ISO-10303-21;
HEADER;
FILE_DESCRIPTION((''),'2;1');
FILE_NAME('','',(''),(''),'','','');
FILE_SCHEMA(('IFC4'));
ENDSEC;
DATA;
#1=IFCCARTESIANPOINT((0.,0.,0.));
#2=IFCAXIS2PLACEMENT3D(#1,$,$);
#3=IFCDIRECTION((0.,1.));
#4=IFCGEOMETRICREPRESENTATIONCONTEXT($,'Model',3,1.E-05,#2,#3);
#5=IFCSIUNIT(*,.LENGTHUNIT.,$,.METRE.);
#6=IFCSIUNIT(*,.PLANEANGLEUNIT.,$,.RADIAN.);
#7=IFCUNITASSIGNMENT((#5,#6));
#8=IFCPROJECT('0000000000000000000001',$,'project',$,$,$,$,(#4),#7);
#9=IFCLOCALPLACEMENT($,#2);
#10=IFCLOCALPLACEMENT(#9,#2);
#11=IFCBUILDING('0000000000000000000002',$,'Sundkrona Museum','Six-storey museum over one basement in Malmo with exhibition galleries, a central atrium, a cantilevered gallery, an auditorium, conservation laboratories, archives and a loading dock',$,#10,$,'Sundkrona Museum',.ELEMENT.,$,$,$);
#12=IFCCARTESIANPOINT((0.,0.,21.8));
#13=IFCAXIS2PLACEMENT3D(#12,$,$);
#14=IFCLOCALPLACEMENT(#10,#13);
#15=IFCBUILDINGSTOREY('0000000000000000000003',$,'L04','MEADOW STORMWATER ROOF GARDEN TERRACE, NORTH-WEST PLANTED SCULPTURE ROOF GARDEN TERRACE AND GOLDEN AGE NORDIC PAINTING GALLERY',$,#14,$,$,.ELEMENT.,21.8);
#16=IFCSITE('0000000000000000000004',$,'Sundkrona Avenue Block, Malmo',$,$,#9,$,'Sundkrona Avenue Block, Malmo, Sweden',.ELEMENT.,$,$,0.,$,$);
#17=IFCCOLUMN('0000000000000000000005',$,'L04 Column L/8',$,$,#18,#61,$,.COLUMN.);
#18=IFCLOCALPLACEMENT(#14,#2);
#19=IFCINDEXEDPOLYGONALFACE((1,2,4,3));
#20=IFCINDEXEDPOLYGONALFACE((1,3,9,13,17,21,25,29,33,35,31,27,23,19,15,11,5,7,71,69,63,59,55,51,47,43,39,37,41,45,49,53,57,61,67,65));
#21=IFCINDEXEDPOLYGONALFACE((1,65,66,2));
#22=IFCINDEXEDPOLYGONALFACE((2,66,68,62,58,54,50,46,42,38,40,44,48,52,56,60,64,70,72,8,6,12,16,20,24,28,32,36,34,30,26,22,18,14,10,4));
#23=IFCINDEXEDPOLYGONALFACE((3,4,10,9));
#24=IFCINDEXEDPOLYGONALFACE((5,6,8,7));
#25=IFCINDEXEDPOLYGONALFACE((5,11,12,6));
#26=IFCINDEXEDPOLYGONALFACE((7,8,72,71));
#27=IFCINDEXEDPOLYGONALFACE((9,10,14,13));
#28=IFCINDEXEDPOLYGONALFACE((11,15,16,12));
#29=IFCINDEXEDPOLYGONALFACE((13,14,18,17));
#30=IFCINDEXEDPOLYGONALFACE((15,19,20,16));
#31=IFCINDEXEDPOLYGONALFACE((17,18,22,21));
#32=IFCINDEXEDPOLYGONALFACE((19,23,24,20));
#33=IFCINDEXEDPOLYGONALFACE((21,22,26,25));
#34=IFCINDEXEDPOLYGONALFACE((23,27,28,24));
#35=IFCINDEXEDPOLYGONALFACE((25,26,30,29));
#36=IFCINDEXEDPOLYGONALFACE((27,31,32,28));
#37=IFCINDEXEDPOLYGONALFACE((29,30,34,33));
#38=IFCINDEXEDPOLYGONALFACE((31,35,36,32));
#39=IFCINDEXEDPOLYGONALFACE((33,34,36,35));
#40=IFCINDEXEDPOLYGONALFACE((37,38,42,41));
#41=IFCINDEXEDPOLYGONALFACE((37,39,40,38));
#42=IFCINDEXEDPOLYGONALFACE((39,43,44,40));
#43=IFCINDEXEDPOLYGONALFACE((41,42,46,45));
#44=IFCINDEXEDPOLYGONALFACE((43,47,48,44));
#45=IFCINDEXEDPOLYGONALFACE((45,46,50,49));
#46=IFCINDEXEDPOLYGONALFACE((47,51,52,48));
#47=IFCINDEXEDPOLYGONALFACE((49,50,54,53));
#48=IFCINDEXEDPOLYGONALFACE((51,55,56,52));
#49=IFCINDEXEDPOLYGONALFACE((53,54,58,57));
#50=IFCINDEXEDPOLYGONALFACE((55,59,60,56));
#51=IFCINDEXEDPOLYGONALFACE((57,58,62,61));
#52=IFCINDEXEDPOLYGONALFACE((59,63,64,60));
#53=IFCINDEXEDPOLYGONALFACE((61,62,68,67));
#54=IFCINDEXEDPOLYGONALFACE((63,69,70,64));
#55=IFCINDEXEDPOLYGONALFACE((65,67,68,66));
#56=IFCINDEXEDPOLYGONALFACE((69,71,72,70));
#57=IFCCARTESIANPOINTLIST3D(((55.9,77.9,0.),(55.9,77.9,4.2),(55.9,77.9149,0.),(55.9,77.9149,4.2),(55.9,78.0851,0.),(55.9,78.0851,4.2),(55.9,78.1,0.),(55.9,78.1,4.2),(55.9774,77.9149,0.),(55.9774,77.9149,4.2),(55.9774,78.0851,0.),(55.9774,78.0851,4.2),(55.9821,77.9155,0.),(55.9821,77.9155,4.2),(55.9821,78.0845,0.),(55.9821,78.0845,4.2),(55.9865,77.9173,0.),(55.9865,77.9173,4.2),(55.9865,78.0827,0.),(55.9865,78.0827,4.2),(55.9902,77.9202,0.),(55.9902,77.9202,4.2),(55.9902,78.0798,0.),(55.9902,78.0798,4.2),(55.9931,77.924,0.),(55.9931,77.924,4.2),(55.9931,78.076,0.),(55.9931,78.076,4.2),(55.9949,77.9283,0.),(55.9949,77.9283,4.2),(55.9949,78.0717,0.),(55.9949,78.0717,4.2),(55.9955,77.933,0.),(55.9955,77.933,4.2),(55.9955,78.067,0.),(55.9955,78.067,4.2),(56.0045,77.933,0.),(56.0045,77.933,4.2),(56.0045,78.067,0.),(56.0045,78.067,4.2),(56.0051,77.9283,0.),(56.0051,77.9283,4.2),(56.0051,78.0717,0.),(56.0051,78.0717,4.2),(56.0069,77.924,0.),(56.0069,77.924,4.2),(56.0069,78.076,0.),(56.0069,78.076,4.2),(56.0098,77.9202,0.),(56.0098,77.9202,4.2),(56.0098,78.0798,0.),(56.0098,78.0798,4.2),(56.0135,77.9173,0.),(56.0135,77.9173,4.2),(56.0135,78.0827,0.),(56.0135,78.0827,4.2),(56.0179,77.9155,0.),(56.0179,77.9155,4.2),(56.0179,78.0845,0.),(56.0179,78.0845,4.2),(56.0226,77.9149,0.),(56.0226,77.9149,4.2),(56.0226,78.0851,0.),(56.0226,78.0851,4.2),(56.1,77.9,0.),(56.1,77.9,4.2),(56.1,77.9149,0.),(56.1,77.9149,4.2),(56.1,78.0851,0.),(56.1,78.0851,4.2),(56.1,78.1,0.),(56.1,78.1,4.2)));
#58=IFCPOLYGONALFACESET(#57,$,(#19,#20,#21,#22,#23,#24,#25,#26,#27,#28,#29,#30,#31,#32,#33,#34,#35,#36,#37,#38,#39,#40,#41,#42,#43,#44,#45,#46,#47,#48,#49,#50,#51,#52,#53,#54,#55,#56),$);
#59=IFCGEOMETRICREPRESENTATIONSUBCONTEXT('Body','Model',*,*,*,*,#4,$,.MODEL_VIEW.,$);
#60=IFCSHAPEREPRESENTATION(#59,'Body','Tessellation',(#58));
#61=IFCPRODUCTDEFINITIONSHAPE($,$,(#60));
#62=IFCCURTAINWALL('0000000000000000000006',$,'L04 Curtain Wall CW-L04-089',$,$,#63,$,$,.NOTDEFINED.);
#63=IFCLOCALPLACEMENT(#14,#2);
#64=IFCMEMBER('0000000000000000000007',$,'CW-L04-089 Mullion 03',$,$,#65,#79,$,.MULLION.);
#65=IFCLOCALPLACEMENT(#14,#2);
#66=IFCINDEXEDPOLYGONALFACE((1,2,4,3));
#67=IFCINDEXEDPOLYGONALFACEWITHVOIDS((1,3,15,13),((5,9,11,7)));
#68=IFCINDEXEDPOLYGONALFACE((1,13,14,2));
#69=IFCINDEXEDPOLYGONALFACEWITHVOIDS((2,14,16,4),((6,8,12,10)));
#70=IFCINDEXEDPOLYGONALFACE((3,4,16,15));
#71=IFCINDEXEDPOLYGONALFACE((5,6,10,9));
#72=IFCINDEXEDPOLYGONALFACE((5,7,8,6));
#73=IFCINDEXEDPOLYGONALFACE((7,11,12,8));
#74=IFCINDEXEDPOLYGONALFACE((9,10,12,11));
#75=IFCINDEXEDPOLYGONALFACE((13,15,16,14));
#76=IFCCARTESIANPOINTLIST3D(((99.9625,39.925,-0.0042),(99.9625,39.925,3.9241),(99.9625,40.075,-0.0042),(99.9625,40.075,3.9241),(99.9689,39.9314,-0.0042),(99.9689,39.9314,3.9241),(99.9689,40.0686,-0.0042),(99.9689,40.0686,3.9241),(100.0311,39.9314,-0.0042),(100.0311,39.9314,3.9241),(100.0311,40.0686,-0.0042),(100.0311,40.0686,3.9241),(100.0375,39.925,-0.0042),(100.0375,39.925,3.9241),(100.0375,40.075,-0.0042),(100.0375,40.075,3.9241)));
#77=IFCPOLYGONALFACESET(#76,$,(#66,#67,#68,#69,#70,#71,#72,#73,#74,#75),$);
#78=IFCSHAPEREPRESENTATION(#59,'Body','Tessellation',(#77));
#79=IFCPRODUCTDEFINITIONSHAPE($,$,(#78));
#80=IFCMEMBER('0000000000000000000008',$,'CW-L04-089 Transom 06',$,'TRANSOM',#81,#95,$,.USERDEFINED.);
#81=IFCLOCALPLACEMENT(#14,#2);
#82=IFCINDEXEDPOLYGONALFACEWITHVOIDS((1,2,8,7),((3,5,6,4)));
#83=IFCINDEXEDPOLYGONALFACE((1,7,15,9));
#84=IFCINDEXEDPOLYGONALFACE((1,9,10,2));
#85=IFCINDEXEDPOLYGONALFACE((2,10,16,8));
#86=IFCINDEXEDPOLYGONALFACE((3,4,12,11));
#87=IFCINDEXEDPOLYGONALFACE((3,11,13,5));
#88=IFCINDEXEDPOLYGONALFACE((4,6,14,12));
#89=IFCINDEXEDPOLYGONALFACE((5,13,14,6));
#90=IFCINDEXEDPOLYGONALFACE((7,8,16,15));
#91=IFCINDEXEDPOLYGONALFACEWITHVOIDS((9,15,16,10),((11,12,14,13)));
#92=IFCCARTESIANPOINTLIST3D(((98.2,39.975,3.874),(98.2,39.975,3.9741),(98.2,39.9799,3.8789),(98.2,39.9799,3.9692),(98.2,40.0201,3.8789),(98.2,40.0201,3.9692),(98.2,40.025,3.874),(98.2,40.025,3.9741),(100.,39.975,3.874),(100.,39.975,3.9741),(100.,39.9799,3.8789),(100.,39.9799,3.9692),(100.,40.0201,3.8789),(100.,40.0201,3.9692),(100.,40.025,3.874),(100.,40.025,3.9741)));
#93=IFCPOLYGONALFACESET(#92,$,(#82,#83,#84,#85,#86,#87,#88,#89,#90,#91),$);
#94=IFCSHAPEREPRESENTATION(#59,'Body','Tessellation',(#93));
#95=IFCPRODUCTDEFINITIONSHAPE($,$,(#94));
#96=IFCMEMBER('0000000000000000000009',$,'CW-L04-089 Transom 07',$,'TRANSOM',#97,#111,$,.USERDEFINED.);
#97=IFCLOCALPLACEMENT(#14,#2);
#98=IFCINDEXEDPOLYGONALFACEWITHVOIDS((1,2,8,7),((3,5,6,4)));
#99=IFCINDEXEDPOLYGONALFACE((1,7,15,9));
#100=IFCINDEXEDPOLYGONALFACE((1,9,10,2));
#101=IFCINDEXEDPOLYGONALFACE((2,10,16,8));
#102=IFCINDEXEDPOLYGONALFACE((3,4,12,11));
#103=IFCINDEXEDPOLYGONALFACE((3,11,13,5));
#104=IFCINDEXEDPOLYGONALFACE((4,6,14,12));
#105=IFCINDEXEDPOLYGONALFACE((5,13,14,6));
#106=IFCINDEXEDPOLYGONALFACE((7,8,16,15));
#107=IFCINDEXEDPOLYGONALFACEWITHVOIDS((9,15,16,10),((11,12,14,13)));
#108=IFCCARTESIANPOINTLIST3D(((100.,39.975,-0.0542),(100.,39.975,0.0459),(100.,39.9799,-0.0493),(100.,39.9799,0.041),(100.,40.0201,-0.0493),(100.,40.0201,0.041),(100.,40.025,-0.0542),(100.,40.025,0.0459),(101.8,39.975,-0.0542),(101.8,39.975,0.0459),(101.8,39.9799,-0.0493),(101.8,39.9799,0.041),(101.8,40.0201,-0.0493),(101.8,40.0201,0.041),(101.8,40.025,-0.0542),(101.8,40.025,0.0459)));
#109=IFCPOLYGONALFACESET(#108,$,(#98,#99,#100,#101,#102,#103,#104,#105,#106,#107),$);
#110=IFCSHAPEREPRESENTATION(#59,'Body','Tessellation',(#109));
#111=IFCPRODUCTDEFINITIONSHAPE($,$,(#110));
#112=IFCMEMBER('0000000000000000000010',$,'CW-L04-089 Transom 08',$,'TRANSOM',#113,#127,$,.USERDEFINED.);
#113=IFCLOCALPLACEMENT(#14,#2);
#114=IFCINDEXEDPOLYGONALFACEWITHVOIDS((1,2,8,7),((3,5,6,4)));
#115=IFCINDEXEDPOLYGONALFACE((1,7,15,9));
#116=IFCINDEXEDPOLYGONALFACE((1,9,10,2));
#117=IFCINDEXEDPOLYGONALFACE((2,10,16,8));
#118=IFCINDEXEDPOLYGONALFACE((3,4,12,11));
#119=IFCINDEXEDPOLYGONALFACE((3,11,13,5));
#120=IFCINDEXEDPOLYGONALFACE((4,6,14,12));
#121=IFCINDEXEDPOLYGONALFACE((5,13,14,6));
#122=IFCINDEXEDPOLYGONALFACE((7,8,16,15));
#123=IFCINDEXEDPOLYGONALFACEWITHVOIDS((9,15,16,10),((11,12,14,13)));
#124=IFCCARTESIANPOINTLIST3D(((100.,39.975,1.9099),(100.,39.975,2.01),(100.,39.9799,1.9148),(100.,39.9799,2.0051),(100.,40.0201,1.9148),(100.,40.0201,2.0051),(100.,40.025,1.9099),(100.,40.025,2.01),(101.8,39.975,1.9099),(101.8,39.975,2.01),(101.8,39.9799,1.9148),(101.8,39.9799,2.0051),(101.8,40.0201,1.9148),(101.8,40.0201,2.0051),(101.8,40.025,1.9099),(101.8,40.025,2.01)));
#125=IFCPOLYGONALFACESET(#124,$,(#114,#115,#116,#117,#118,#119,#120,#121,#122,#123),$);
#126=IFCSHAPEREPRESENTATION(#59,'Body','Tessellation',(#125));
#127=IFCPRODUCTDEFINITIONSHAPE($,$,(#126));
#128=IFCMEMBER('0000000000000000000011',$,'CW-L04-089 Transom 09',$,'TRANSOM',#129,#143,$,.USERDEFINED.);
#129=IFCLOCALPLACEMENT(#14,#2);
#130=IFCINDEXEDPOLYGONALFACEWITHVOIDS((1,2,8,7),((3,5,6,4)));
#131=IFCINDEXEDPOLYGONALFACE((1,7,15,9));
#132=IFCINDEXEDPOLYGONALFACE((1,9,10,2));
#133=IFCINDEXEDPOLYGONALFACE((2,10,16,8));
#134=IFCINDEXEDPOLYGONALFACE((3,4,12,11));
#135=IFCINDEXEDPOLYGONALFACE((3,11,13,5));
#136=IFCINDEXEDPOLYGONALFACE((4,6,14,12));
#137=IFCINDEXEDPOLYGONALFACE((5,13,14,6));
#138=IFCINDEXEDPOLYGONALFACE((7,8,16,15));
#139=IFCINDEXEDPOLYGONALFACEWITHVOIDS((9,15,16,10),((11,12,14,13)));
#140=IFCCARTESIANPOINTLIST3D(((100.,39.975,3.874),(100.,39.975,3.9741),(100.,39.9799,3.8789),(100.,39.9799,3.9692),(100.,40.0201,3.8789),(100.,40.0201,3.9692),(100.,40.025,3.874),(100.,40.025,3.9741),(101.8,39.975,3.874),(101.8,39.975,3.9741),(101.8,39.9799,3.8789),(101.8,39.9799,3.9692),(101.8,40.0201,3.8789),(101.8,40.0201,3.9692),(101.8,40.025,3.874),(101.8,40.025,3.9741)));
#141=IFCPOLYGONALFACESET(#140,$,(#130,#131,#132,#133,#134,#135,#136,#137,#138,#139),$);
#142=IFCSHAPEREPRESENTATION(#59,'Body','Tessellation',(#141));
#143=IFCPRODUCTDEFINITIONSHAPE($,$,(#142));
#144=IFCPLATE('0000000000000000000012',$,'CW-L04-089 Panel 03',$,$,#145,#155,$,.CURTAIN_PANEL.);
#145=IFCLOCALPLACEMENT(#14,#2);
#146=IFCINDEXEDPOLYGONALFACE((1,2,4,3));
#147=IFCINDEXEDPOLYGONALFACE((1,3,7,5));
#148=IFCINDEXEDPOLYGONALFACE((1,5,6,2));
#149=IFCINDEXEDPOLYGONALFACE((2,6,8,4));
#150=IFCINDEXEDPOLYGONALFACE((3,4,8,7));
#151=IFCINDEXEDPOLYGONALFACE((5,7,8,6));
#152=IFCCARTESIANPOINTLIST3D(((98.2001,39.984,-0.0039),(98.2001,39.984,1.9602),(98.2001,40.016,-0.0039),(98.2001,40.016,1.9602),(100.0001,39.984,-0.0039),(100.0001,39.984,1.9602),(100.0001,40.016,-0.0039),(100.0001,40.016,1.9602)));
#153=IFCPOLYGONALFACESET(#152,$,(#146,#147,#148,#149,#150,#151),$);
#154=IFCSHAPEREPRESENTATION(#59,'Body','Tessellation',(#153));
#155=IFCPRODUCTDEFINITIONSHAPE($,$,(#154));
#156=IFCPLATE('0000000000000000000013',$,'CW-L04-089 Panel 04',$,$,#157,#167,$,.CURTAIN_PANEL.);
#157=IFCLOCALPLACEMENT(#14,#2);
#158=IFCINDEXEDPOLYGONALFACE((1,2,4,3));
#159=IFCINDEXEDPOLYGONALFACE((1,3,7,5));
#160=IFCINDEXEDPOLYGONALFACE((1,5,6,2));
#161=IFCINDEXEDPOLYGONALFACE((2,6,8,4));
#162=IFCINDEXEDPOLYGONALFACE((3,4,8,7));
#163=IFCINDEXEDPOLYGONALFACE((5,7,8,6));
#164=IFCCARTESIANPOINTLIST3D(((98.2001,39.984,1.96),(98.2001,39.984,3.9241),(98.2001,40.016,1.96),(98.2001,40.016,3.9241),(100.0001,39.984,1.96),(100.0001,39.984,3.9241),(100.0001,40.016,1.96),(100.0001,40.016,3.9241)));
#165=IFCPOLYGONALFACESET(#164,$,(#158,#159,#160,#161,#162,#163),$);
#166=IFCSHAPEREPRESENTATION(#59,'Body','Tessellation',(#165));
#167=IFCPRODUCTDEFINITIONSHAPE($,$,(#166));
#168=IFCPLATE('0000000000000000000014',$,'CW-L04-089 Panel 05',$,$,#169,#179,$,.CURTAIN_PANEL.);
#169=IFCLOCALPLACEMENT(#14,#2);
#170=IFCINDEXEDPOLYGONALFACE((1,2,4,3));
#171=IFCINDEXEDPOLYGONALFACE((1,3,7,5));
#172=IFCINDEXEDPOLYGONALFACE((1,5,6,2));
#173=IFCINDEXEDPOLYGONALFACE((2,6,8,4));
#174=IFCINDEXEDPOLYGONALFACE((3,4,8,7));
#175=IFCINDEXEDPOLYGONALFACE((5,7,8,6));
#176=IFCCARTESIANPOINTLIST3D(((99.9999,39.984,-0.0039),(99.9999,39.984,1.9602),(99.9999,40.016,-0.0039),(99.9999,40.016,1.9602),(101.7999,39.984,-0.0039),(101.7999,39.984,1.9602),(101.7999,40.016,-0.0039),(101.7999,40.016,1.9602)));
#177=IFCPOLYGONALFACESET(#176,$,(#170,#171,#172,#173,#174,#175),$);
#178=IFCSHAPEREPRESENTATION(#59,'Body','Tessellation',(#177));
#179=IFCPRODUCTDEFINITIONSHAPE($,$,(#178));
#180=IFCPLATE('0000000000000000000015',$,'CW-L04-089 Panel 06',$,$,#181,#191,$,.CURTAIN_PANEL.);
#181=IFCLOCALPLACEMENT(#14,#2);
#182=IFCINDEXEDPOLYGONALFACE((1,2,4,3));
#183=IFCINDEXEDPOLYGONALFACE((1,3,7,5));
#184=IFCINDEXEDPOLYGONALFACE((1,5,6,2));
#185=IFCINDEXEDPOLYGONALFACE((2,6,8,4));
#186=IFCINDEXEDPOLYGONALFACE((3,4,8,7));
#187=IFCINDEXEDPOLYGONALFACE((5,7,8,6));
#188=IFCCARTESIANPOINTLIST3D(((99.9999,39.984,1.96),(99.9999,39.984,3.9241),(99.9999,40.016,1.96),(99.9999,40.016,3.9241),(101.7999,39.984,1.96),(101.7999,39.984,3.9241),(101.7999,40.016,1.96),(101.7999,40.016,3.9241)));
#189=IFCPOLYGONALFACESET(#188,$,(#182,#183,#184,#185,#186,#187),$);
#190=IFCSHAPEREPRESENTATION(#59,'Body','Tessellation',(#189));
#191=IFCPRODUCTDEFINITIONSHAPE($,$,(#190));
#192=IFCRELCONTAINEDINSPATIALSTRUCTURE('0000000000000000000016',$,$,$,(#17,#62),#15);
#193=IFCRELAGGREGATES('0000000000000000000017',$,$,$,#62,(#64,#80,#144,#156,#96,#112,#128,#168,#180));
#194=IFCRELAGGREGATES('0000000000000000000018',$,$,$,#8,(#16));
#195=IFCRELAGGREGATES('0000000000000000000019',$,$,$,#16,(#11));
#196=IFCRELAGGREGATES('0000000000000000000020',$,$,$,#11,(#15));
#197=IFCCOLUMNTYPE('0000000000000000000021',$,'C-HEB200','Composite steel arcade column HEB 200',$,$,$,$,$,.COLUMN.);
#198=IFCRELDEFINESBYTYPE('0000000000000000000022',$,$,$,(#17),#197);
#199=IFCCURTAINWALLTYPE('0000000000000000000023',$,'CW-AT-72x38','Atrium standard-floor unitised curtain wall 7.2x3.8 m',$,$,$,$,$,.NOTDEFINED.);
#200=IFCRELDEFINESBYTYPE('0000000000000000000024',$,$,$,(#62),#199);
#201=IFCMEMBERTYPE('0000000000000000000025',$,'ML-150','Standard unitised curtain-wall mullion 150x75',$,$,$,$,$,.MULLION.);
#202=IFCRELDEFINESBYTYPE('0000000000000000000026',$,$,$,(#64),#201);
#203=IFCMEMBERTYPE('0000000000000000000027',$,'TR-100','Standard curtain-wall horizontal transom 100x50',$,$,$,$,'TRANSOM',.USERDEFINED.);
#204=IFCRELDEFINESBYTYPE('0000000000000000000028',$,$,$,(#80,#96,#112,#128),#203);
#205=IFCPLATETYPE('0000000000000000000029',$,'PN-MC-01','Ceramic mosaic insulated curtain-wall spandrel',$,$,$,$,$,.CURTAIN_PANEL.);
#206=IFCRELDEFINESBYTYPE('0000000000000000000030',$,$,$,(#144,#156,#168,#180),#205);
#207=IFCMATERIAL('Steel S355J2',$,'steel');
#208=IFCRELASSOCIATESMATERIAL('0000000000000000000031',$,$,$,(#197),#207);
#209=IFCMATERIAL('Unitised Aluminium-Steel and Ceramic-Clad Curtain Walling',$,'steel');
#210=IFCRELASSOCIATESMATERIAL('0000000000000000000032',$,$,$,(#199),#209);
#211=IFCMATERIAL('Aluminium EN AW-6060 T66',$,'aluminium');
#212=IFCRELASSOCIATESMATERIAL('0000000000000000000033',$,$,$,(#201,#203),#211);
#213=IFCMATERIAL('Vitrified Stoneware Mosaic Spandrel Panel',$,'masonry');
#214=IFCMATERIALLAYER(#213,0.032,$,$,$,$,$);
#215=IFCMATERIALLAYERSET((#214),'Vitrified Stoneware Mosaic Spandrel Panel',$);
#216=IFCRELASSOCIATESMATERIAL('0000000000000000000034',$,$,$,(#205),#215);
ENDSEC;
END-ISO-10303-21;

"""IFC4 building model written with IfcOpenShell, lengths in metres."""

from ifc_helpers import new_model, si_unit, direction, frame, origin, origin_2d, place, context, subcontext, project, spatial, rectangle, hollow_rectangle, i_section, extrude, material, layer, layer_set, material_profile, profile_set, type_object, element, aggregate, save


model = new_model("IFC4")

# Units and contexts
model_context = context("Model", 3, precision=1e-05, world=origin(), true_north=direction((0.0, 1.0)))
body_context = subcontext(model_context, "Body", "Model", "MODEL_VIEW")
ifc_project = project(units=[si_unit("LENGTHUNIT", "METRE"), si_unit("PLANEANGLEUNIT", "RADIAN")], contexts=[model_context])

# Site, building, storey
site_placement = place(None, origin())
site = spatial("IfcSite", under=ifc_project, at=site_placement, Name="Sundkrona Avenue Block, Malmo", LongName="Sundkrona Avenue Block, Malmo, Sweden", CompositionType="ELEMENT", RefElevation=0.0)
building_placement = place(site_placement, origin())
building = spatial("IfcBuilding", under=site, at=building_placement, Name="Sundkrona Museum", Description="Six-storey museum over one basement in Malmo with exhibition galleries, a central atrium, a cantilevered gallery, an auditorium, conservation laboratories, archives and a loading dock", LongName="Sundkrona Museum", CompositionType="ELEMENT")
storey_placement = place(building_placement, frame((0.0, 0.0, 21.8)))
storey = spatial("IfcBuildingStorey", under=building, at=storey_placement, Name="L04", Description="MEADOW STORMWATER ROOF GARDEN TERRACE, NORTH-WEST PLANTED SCULPTURE ROOF GARDEN TERRACE AND GOLDEN AGE NORDIC PAINTING GALLERY", CompositionType="ELEMENT", Elevation=21.8)

# Column
ifc_material_1 = material(Name="Steel S355J2", Category="steel")
ifc_material_profile_1 = material_profile(ifc_material_1, i_section(OverallWidth=0.2, OverallDepth=0.2, WebThickness=0.009, FlangeThickness=0.0149, FilletRadius=0.0181, at=origin_2d()), Name="HEB 200")
ifc_profile_set_1 = profile_set([ifc_material_profile_1], Name="Steel S355J2")
column_type = type_object("IfcColumnType", Name="C-HEB200", Description="Composite steel arcade column HEB 200", PredefinedType="COLUMN", material=ifc_profile_set_1)
column_placement = place(storey_placement, frame((56.0, 78.0, 0.0), z_axis=(0.0, 0.0, 1.0), x_axis=(1.0, 0.0, 0.0)))
element("IfcColumn", 1, at=column_placement, inside=storey, type_object=column_type, Name="L04 Column L/8", PredefinedType="COLUMN", context=body_context, shape_type="SweptSolid", body=[
    extrude(i_section(OverallWidth=0.2, OverallDepth=0.2, WebThickness=0.009, FlangeThickness=0.0149, FilletRadius=0.0181, at=origin_2d()), origin(), (0.0, 0.0, 1.0), 4.2),
])

# Curtain wall, members, plates
ifc_material_2 = material(Name="Unitised Aluminium-Steel and Ceramic-Clad Curtain Walling", Category="steel")
curtain_wall_type = type_object("IfcCurtainWallType", Name="CW-AT-72x38", Description="Atrium standard-floor unitised curtain wall 7.2x3.8 m", PredefinedType="NOTDEFINED", material=ifc_material_2)
curtain_wall_placement = place(storey_placement, origin())
curtain_wall = element("IfcCurtainWall", 2, at=curtain_wall_placement, inside=storey, type_object=curtain_wall_type, Name="L04 Curtain Wall CW-L04-089", PredefinedType="NOTDEFINED")
ifc_material_3 = material(Name="Aluminium EN AW-6060 T66", Category="aluminium")
ifc_material_profile_2 = material_profile(ifc_material_3, hollow_rectangle(XDim=0.075, YDim=0.1499, WallThickness=0.0063, at=origin_2d()), Name="RHS 150x75x6.3")
ifc_profile_set_2 = profile_set([ifc_material_profile_2], Name="Aluminium EN AW-6060 T66")
member_type_1 = type_object("IfcMemberType", Name="ML-150", Description="Standard unitised curtain-wall mullion 150x75", PredefinedType="MULLION", material=ifc_profile_set_2)
member_1_placement = place(storey_placement, frame((100.0, 40.0, -0.0042), z_axis=(0.0, 0.0, 1.0), x_axis=(1.0, 0.0, 0.0)))
member_1 = element("IfcMember", 3, at=member_1_placement, type_object=member_type_1, Name="CW-L04-089 Mullion 03", PredefinedType="MULLION", context=body_context, shape_type="SweptSolid", body=[
    extrude(hollow_rectangle(XDim=0.075, YDim=0.1499, WallThickness=0.0063, at=origin_2d()), origin(), (0.0, 0.0, 1.0), 3.9282),
])
ifc_material_profile_3 = material_profile(ifc_material_3, hollow_rectangle(XDim=0.05, YDim=0.1001, WallThickness=0.0049, at=origin_2d()), Name="RHS 100x50x5.0")
ifc_profile_set_3 = profile_set([ifc_material_profile_3], Name="Aluminium EN AW-6060 T66")
member_type_2 = type_object("IfcMemberType", Name="TR-100", Description="Standard curtain-wall horizontal transom 100x50", ElementType="TRANSOM", PredefinedType="USERDEFINED", material=ifc_profile_set_3)
member_2_placement = place(storey_placement, frame((98.2, 40.0, 3.9241), z_axis=(1.0, 0.0, 0.0), x_axis=(0.0, 1.0, 0.0)))
member_2 = element("IfcMember", 4, at=member_2_placement, type_object=member_type_2, Name="CW-L04-089 Transom 06", ObjectType="TRANSOM", PredefinedType="USERDEFINED", context=body_context, shape_type="SweptSolid", body=[
    extrude(hollow_rectangle(XDim=0.05, YDim=0.1001, WallThickness=0.0049, at=origin_2d()), origin(), (0.0, 0.0, 1.0), 1.8),
])
member_3_placement = place(storey_placement, frame((100.0, 40.0, -0.0042), z_axis=(1.0, 0.0, 0.0), x_axis=(0.0, 1.0, 0.0)))
member_3 = element("IfcMember", 5, at=member_3_placement, type_object=member_type_2, Name="CW-L04-089 Transom 07", ObjectType="TRANSOM", PredefinedType="USERDEFINED", context=body_context, shape_type="SweptSolid", body=[
    extrude(hollow_rectangle(XDim=0.05, YDim=0.1001, WallThickness=0.0049, at=origin_2d()), origin(), (0.0, 0.0, 1.0), 1.8),
])
member_4_placement = place(storey_placement, frame((100.0, 40.0, 1.96), z_axis=(1.0, 0.0, 0.0), x_axis=(0.0, 1.0, 0.0)))
member_4 = element("IfcMember", 6, at=member_4_placement, type_object=member_type_2, Name="CW-L04-089 Transom 08", ObjectType="TRANSOM", PredefinedType="USERDEFINED", context=body_context, shape_type="SweptSolid", body=[
    extrude(hollow_rectangle(XDim=0.05, YDim=0.1001, WallThickness=0.0049, at=origin_2d()), origin(), (0.0, 0.0, 1.0), 1.8),
])
member_5_placement = place(storey_placement, frame((100.0, 40.0, 3.9241), z_axis=(1.0, 0.0, 0.0), x_axis=(0.0, 1.0, 0.0)))
member_5 = element("IfcMember", 7, at=member_5_placement, type_object=member_type_2, Name="CW-L04-089 Transom 09", ObjectType="TRANSOM", PredefinedType="USERDEFINED", context=body_context, shape_type="SweptSolid", body=[
    extrude(hollow_rectangle(XDim=0.05, YDim=0.1001, WallThickness=0.0049, at=origin_2d()), origin(), (0.0, 0.0, 1.0), 1.8),
])
ifc_material_4 = material(Name="Vitrified Stoneware Mosaic Spandrel Panel", Category="masonry")
ifc_layer_1 = layer(ifc_material_4, 0.032)
ifc_layer_set_1 = layer_set([ifc_layer_1], Name="Vitrified Stoneware Mosaic Spandrel Panel")
plate_type = type_object("IfcPlateType", Name="PN-MC-01", Description="Ceramic mosaic insulated curtain-wall spandrel", PredefinedType="CURTAIN_PANEL", material=ifc_layer_set_1)
plate_1_placement = place(storey_placement, frame((99.1001, 40.0, -0.0039), z_axis=(0.0, 0.0, 1.0), x_axis=(1.0, 0.0, 0.0)))
plate_1 = element("IfcPlate", 8, at=plate_1_placement, type_object=plate_type, Name="CW-L04-089 Panel 03", PredefinedType="CURTAIN_PANEL", context=body_context, shape_type="SweptSolid", body=[
    extrude(rectangle(XDim=1.8, YDim=0.032, at=origin_2d()), origin(), (0.0, 0.0, 1.0), 1.9641),
])
plate_2_placement = place(storey_placement, frame((99.1001, 40.0, 1.96), z_axis=(0.0, 0.0, 1.0), x_axis=(1.0, 0.0, 0.0)))
plate_2 = element("IfcPlate", 9, at=plate_2_placement, type_object=plate_type, Name="CW-L04-089 Panel 04", PredefinedType="CURTAIN_PANEL", context=body_context, shape_type="SweptSolid", body=[
    extrude(rectangle(XDim=1.8, YDim=0.032, at=origin_2d()), origin(), (0.0, 0.0, 1.0), 1.9641),
])
plate_3_placement = place(storey_placement, frame((100.8999, 40.0, -0.0039), z_axis=(0.0, 0.0, 1.0), x_axis=(1.0, 0.0, 0.0)))
plate_3 = element("IfcPlate", 10, at=plate_3_placement, type_object=plate_type, Name="CW-L04-089 Panel 05", PredefinedType="CURTAIN_PANEL", context=body_context, shape_type="SweptSolid", body=[
    extrude(rectangle(XDim=1.8, YDim=0.032, at=origin_2d()), origin(), (0.0, 0.0, 1.0), 1.9641),
])
plate_4_placement = place(storey_placement, frame((100.8999, 40.0, 1.96), z_axis=(0.0, 0.0, 1.0), x_axis=(1.0, 0.0, 0.0)))
plate_4 = element("IfcPlate", 11, at=plate_4_placement, type_object=plate_type, Name="CW-L04-089 Panel 06", PredefinedType="CURTAIN_PANEL", context=body_context, shape_type="SweptSolid", body=[
    extrude(rectangle(XDim=1.8, YDim=0.032, at=origin_2d()), origin(), (0.0, 0.0, 1.0), 1.9641),
])
aggregate(curtain_wall, [member_1, member_2, plate_1, plate_2, member_3, member_4, member_5, plate_3, plate_4])

save(model, "model.ifc")
